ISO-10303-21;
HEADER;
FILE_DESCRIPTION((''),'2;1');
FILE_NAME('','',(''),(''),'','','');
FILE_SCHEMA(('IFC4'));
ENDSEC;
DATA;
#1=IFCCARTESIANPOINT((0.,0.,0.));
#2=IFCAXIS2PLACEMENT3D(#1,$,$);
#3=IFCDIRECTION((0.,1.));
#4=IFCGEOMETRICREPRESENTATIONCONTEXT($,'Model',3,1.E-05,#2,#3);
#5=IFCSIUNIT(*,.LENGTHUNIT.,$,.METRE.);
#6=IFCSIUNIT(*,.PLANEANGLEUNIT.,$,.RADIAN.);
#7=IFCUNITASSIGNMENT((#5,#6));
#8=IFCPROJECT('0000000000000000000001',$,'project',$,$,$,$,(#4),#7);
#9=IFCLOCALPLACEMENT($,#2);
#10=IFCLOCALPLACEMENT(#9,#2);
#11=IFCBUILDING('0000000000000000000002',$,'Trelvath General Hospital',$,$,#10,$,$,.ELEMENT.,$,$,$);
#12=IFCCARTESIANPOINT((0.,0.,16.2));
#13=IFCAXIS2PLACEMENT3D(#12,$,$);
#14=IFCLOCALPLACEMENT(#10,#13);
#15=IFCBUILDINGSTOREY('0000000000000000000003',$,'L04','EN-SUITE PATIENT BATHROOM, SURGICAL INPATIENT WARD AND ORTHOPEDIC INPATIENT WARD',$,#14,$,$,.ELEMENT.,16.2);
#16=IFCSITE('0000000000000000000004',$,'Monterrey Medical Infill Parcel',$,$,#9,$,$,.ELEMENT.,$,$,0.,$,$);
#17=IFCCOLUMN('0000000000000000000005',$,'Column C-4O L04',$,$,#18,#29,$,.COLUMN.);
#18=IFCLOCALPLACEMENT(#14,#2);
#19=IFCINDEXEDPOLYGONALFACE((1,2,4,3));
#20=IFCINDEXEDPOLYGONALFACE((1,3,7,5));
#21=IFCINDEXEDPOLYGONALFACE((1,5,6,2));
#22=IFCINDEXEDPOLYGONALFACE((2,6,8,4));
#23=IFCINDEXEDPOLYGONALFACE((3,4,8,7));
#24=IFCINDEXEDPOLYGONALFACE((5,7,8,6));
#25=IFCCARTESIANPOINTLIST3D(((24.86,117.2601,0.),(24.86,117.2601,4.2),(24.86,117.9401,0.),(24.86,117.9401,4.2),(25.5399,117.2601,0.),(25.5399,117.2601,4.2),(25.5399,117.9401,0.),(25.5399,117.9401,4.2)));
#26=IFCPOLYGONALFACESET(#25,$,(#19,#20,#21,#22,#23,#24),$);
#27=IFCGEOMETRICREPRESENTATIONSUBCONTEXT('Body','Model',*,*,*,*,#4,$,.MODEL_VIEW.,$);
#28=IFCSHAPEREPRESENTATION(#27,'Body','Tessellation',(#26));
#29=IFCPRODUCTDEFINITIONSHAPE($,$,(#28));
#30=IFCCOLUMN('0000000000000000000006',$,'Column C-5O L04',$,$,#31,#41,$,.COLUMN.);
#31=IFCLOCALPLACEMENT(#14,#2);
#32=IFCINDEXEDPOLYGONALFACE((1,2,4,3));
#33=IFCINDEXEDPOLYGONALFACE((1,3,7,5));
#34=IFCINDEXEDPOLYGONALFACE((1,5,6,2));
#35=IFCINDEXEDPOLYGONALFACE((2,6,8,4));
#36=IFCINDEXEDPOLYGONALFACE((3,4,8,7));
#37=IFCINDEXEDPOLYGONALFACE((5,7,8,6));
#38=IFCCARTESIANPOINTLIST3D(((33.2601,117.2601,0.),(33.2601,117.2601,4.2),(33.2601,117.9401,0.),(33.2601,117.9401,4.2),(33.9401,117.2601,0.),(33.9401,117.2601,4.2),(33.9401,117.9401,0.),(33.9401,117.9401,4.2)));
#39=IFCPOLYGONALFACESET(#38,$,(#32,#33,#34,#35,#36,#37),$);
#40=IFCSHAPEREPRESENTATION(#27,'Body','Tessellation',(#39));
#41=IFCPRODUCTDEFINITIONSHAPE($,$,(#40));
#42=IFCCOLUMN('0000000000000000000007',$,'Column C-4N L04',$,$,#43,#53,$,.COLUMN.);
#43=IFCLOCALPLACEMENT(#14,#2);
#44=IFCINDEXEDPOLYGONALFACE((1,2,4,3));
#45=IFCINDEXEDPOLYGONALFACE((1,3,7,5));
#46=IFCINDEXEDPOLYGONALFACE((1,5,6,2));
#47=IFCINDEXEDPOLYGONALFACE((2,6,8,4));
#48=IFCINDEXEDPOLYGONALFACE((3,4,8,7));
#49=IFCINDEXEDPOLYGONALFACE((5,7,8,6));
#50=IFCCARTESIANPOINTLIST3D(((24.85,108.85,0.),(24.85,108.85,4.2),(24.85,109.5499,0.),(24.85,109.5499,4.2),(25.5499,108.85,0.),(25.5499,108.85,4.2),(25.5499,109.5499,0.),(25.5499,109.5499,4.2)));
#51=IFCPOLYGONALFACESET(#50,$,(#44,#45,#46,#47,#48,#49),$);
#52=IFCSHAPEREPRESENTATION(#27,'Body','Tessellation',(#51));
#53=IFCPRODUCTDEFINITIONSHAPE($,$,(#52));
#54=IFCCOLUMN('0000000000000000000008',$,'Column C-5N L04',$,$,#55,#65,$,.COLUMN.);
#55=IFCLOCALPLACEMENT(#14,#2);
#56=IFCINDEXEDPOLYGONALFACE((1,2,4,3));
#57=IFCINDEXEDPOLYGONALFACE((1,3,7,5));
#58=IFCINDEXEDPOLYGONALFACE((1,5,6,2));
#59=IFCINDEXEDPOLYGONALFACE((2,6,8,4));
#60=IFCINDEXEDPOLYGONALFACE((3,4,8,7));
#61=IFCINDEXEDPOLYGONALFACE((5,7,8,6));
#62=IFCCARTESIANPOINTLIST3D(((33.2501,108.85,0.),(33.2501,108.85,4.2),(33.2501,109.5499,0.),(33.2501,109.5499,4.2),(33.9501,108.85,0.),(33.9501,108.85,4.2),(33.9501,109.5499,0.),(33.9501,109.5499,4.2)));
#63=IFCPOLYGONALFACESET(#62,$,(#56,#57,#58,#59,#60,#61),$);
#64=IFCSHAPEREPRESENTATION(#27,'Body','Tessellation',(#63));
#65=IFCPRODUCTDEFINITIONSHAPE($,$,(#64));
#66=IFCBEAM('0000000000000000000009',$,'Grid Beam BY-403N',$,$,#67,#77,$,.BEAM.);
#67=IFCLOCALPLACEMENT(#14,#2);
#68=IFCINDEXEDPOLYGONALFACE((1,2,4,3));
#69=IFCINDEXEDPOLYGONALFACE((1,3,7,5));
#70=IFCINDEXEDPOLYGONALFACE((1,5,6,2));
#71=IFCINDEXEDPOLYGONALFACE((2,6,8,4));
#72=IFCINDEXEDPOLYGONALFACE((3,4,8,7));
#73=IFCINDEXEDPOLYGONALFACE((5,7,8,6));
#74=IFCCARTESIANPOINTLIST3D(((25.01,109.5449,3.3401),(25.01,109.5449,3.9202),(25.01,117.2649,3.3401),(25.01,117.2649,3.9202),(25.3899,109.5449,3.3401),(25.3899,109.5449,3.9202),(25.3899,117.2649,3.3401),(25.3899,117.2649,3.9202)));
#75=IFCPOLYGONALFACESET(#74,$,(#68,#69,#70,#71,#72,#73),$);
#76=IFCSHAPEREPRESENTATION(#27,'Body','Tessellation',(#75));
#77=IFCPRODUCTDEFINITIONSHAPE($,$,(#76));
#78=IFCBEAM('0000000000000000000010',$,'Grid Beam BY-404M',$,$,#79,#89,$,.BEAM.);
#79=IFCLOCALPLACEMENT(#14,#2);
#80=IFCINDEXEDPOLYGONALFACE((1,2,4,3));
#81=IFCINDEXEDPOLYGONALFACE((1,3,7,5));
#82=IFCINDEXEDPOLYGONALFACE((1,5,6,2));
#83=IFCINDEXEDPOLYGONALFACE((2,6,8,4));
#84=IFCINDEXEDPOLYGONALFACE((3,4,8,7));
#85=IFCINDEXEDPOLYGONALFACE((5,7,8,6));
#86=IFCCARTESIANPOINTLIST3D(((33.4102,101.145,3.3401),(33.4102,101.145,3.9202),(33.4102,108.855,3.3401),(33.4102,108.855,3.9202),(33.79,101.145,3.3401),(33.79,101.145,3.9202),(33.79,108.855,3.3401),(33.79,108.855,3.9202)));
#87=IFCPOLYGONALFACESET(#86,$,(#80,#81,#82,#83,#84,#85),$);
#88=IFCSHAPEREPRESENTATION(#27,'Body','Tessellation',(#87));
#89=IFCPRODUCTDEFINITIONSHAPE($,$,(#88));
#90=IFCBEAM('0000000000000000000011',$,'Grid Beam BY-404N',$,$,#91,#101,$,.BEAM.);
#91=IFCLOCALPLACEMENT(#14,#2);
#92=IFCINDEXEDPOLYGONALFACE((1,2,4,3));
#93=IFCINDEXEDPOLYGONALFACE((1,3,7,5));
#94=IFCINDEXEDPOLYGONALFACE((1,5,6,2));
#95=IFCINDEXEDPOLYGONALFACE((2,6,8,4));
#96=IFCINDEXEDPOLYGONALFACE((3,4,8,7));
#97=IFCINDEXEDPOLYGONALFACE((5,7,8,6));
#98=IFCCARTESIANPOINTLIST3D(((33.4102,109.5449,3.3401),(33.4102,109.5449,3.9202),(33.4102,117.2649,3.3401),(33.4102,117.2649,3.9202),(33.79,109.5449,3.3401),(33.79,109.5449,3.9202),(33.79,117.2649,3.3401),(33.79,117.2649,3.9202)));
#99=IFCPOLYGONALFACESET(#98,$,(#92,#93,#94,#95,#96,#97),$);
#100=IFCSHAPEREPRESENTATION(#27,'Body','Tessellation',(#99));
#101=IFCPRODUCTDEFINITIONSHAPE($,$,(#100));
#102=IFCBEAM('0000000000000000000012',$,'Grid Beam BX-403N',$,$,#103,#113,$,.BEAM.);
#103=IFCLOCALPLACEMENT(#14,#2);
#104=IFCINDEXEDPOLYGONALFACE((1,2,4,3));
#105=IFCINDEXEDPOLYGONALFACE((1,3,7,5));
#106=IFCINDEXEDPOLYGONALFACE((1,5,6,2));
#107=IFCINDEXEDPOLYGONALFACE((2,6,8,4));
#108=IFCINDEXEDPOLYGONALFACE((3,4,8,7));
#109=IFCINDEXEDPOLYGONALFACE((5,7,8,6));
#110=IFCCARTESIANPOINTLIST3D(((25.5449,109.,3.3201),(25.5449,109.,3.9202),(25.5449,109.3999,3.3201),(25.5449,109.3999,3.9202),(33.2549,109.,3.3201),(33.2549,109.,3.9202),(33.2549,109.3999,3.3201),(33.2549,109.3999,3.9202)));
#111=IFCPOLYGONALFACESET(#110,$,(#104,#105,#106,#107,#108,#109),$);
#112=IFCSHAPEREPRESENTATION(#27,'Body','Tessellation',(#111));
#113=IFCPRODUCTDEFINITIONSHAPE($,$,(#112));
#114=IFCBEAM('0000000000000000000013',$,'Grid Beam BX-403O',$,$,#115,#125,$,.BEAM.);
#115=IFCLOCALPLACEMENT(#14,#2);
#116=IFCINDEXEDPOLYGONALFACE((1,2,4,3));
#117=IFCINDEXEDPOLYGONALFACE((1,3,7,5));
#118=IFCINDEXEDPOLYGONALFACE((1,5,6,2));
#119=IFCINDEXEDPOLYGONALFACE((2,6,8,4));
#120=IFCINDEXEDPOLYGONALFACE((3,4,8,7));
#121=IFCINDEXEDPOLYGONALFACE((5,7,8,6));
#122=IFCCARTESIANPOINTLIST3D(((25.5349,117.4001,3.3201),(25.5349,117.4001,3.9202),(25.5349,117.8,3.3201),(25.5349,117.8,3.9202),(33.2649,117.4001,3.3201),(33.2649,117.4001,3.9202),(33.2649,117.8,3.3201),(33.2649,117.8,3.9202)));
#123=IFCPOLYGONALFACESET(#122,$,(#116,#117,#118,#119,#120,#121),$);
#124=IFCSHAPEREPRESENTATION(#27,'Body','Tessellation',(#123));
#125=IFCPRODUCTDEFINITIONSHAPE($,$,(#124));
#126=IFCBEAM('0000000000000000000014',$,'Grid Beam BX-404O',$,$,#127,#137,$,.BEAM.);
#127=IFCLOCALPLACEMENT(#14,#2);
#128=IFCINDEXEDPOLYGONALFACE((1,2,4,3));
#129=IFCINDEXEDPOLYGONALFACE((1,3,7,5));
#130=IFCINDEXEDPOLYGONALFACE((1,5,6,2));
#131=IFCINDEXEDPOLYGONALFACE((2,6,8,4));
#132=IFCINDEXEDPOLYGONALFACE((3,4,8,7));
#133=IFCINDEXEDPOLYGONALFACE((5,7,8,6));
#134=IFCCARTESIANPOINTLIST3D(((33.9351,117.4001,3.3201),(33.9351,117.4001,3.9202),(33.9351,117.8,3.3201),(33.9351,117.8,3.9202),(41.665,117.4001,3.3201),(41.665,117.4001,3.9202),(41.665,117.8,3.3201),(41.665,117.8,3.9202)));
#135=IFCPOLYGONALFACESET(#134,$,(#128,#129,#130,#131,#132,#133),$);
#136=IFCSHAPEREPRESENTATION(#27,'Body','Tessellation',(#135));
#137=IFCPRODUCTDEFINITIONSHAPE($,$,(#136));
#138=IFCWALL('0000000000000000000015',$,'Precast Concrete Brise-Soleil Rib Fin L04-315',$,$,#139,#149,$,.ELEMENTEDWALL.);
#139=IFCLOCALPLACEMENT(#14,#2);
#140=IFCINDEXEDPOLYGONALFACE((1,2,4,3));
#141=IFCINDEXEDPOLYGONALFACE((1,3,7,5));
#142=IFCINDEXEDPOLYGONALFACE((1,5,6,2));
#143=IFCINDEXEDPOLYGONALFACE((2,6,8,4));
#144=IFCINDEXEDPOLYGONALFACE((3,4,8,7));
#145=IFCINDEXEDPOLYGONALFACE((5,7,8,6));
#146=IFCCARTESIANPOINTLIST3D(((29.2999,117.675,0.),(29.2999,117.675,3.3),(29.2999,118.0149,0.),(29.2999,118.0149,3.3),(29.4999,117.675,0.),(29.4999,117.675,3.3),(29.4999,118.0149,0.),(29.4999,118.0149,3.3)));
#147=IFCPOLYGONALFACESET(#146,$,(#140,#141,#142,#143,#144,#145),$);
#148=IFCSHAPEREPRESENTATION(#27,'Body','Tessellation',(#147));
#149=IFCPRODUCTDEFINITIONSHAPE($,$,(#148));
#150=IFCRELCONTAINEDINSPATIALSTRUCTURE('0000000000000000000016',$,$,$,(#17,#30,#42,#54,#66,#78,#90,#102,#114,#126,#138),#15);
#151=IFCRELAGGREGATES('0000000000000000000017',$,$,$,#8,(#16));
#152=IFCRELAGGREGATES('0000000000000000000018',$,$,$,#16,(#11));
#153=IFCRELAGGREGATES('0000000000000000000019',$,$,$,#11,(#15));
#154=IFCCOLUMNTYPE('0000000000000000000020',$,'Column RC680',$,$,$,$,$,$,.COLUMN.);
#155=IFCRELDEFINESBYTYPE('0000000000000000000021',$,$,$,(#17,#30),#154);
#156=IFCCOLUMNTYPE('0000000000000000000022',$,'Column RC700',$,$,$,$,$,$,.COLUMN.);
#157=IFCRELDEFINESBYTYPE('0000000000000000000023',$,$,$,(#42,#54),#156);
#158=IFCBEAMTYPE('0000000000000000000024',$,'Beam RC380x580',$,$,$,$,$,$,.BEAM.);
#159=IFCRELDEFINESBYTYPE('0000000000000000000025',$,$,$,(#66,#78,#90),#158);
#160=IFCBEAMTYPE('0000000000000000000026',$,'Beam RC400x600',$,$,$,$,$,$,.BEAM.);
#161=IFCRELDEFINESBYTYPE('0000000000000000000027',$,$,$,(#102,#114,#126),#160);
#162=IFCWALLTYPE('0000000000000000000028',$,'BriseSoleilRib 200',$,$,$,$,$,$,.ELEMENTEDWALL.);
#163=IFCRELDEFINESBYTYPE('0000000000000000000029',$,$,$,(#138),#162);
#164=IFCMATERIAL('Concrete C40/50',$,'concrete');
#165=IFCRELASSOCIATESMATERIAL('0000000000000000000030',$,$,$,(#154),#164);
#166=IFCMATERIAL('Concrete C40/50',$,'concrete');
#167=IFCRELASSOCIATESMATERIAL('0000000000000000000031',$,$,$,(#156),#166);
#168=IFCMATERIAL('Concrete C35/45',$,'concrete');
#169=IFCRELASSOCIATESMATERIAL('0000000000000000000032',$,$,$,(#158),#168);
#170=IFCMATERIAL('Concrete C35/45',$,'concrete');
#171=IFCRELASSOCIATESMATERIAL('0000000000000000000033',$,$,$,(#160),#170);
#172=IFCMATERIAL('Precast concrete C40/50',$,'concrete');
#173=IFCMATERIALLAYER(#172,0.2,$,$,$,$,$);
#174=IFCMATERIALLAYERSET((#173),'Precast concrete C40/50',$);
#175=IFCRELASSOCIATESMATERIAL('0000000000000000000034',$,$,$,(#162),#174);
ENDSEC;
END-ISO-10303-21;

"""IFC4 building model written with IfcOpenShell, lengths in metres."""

from ifc_helpers import new_model, si_unit, direction, frame, frame_2d, origin, origin_2d, place, context, subcontext, project, spatial, rectangle, extrude, material, layer, layer_set, material_profile, profile_set, type_object, element, save


model = new_model("IFC4")

# Units and contexts
model_context = context("Model", 3, precision=1e-05, world=origin(), true_north=direction((0.0, 1.0)))
body_context = subcontext(model_context, "Body", "Model", "MODEL_VIEW")
ifc_project = project(units=[si_unit("LENGTHUNIT", "METRE"), si_unit("PLANEANGLEUNIT", "RADIAN")], contexts=[model_context])

# Site, building, storey
site_placement = place(None, origin())
site = spatial("IfcSite", under=ifc_project, at=site_placement, Name="Monterrey Medical Infill Parcel", CompositionType="ELEMENT", RefElevation=0.0)
building_placement = place(site_placement, origin())
building = spatial("IfcBuilding", under=site, at=building_placement, Name="Trelvath General Hospital", CompositionType="ELEMENT")
storey_placement = place(building_placement, frame((0.0, 0.0, 16.2)))
storey = spatial("IfcBuildingStorey", under=building, at=storey_placement, Name="L04", Description="EN-SUITE PATIENT BATHROOM, SURGICAL INPATIENT WARD AND ORTHOPEDIC INPATIENT WARD", CompositionType="ELEMENT", Elevation=16.2)

# Columns
ifc_material_1 = material(Name="Concrete C40/50", Category="concrete")
ifc_material_profile_1 = material_profile(ifc_material_1, rectangle(XDim=0.6799, YDim=0.6799, at=origin_2d()), Name="RC680x680")
ifc_profile_set_1 = profile_set([ifc_material_profile_1], Name="Concrete C40/50")
column_type_1 = type_object("IfcColumnType", Name="Column RC680", PredefinedType="COLUMN", material=ifc_profile_set_1)
for number, where, z_axis, x_axis, name in (
    (1, (25.2, 117.6001, 0.0), (0.0, 0.0, 1.0), (1.0, 0.0, 0.0), "Column C-4O L04"),
    (2, (33.6001, 117.6001, 0.0), (0.0, 0.0, 1.0), (1.0, 0.0, 0.0), "Column C-5O L04"),
):
    element("IfcColumn", number, at=place(storey_placement, frame(where, z_axis=z_axis, x_axis=x_axis)), inside=storey, type_object=column_type_1, Name=name, PredefinedType="COLUMN", context=body_context, shape_type="SweptSolid", body=[
        extrude(rectangle(XDim=0.6799, YDim=0.6799, at=origin_2d()), origin(), (0.0, 0.0, 1.0), 4.2),
    ])
ifc_material_2 = material(Name="Concrete C40/50", Category="concrete")
ifc_material_profile_2 = material_profile(ifc_material_2, rectangle(XDim=0.7, YDim=0.7, at=origin_2d()), Name="RC700x700")
ifc_profile_set_2 = profile_set([ifc_material_profile_2], Name="Concrete C40/50")
column_type_2 = type_object("IfcColumnType", Name="Column RC700", PredefinedType="COLUMN", material=ifc_profile_set_2)
for number, where, z_axis, x_axis, name in (
    (3, (25.2, 109.2, 0.0), (0.0, 0.0, 1.0), (1.0, 0.0, 0.0), "Column C-4N L04"),
    (4, (33.6001, 109.2, 0.0), (0.0, 0.0, 1.0), (1.0, 0.0, 0.0), "Column C-5N L04"),
):
    element("IfcColumn", number, at=place(storey_placement, frame(where, z_axis=z_axis, x_axis=x_axis)), inside=storey, type_object=column_type_2, Name=name, PredefinedType="COLUMN", context=body_context, shape_type="SweptSolid", body=[
        extrude(rectangle(XDim=0.7, YDim=0.7, at=origin_2d()), origin(), (0.0, 0.0, 1.0), 4.2),
    ])

# Beams
ifc_material_3 = material(Name="Concrete C35/45", Category="concrete")
ifc_material_profile_3 = material_profile(ifc_material_3, rectangle(XDim=0.3799, YDim=0.5801, at=origin_2d()), Name="RCB380x580")
ifc_profile_set_3 = profile_set([ifc_material_profile_3], Name="Concrete C35/45")
beam_type_1 = type_object("IfcBeamType", Name="Beam RC380x580", PredefinedType="BEAM", material=ifc_profile_set_3)
beam_1_placement = place(storey_placement, frame((25.2, 109.5449, 3.6301), z_axis=(0.0, 1.0, 0.0), x_axis=(-1.0, 0.0, 0.0)))
element("IfcBeam", 5, at=beam_1_placement, inside=storey, type_object=beam_type_1, Name="Grid Beam BY-403N", PredefinedType="BEAM", context=body_context, shape_type="SweptSolid", body=[
    extrude(rectangle(XDim=0.3799, YDim=0.5801, at=origin_2d()), origin(), (0.0, 0.0, 1.0), 7.72),
])
beam_2_placement = place(storey_placement, frame((33.6001, 101.145, 3.6301), z_axis=(0.0, 1.0, 0.0), x_axis=(-1.0, 0.0, 0.0)))
element("IfcBeam", 6, at=beam_2_placement, inside=storey, type_object=beam_type_1, Name="Grid Beam BY-404M", PredefinedType="BEAM", context=body_context, shape_type="SweptSolid", body=[
    extrude(rectangle(XDim=0.3799, YDim=0.5801, at=origin_2d()), origin(), (0.0, 0.0, 1.0), 7.71),
])
beam_3_placement = place(storey_placement, frame((33.6001, 109.5449, 3.6301), z_axis=(0.0, 1.0, 0.0), x_axis=(-1.0, 0.0, 0.0)))
element("IfcBeam", 7, at=beam_3_placement, inside=storey, type_object=beam_type_1, Name="Grid Beam BY-404N", PredefinedType="BEAM", context=body_context, shape_type="SweptSolid", body=[
    extrude(rectangle(XDim=0.3799, YDim=0.5801, at=origin_2d()), origin(), (0.0, 0.0, 1.0), 7.72),
])
ifc_material_4 = material(Name="Concrete C35/45", Category="concrete")
ifc_material_profile_4 = material_profile(ifc_material_4, rectangle(XDim=0.3999, YDim=0.6001, at=origin_2d()), Name="RCB400x600")
ifc_profile_set_4 = profile_set([ifc_material_profile_4], Name="Concrete C35/45")
beam_type_2 = type_object("IfcBeamType", Name="Beam RC400x600", PredefinedType="BEAM", material=ifc_profile_set_4)
beam_4_placement = place(storey_placement, frame((25.5449, 109.2, 3.6201), z_axis=(1.0, 0.0, 0.0), x_axis=(0.0, 1.0, 0.0)))
element("IfcBeam", 8, at=beam_4_placement, inside=storey, type_object=beam_type_2, Name="Grid Beam BX-403N", PredefinedType="BEAM", context=body_context, shape_type="SweptSolid", body=[
    extrude(rectangle(XDim=0.3999, YDim=0.6001, at=origin_2d()), origin(), (0.0, 0.0, 1.0), 7.71),
])
for number, where, z_axis, x_axis, name in (
    (9, (25.5349, 117.6001, 3.6201), (1.0, 0.0, 0.0), (0.0, 1.0, 0.0), "Grid Beam BX-403O"),
    (10, (33.9351, 117.6001, 3.6201), (1.0, 0.0, 0.0), (0.0, 1.0, 0.0), "Grid Beam BX-404O"),
):
    element("IfcBeam", number, at=place(storey_placement, frame(where, z_axis=z_axis, x_axis=x_axis)), inside=storey, type_object=beam_type_2, Name=name, PredefinedType="BEAM", context=body_context, shape_type="SweptSolid", body=[
        extrude(rectangle(XDim=0.3999, YDim=0.6001, at=origin_2d()), origin(), (0.0, 0.0, 1.0), 7.73),
    ])

# Wall
ifc_material_5 = material(Name="Precast concrete C40/50", Category="concrete")
ifc_layer_1 = layer(ifc_material_5, 0.2)
ifc_layer_set_1 = layer_set([ifc_layer_1], Name="Precast concrete C40/50")
wall_type_1 = type_object("IfcWallType", Name="BriseSoleilRib 200", PredefinedType="ELEMENTEDWALL", material=ifc_layer_set_1)
wall_1_placement = place(storey_placement, frame((29.3999, 117.675, 0.0), z_axis=(0.0, 0.0, 1.0), x_axis=(0.0, 1.0, 0.0)))
element("IfcWall", 11, at=wall_1_placement, inside=storey, type_object=wall_type_1, Name="Precast Concrete Brise-Soleil Rib Fin L04-315", PredefinedType="ELEMENTEDWALL", context=body_context, shape_type="SweptSolid", body=[
    extrude(rectangle(XDim=0.3398, YDim=0.2, at=frame_2d((0.1699, 0.0))), origin(), (0.0, 0.0, 1.0), 3.3),
])

save(model, "model.ifc")
